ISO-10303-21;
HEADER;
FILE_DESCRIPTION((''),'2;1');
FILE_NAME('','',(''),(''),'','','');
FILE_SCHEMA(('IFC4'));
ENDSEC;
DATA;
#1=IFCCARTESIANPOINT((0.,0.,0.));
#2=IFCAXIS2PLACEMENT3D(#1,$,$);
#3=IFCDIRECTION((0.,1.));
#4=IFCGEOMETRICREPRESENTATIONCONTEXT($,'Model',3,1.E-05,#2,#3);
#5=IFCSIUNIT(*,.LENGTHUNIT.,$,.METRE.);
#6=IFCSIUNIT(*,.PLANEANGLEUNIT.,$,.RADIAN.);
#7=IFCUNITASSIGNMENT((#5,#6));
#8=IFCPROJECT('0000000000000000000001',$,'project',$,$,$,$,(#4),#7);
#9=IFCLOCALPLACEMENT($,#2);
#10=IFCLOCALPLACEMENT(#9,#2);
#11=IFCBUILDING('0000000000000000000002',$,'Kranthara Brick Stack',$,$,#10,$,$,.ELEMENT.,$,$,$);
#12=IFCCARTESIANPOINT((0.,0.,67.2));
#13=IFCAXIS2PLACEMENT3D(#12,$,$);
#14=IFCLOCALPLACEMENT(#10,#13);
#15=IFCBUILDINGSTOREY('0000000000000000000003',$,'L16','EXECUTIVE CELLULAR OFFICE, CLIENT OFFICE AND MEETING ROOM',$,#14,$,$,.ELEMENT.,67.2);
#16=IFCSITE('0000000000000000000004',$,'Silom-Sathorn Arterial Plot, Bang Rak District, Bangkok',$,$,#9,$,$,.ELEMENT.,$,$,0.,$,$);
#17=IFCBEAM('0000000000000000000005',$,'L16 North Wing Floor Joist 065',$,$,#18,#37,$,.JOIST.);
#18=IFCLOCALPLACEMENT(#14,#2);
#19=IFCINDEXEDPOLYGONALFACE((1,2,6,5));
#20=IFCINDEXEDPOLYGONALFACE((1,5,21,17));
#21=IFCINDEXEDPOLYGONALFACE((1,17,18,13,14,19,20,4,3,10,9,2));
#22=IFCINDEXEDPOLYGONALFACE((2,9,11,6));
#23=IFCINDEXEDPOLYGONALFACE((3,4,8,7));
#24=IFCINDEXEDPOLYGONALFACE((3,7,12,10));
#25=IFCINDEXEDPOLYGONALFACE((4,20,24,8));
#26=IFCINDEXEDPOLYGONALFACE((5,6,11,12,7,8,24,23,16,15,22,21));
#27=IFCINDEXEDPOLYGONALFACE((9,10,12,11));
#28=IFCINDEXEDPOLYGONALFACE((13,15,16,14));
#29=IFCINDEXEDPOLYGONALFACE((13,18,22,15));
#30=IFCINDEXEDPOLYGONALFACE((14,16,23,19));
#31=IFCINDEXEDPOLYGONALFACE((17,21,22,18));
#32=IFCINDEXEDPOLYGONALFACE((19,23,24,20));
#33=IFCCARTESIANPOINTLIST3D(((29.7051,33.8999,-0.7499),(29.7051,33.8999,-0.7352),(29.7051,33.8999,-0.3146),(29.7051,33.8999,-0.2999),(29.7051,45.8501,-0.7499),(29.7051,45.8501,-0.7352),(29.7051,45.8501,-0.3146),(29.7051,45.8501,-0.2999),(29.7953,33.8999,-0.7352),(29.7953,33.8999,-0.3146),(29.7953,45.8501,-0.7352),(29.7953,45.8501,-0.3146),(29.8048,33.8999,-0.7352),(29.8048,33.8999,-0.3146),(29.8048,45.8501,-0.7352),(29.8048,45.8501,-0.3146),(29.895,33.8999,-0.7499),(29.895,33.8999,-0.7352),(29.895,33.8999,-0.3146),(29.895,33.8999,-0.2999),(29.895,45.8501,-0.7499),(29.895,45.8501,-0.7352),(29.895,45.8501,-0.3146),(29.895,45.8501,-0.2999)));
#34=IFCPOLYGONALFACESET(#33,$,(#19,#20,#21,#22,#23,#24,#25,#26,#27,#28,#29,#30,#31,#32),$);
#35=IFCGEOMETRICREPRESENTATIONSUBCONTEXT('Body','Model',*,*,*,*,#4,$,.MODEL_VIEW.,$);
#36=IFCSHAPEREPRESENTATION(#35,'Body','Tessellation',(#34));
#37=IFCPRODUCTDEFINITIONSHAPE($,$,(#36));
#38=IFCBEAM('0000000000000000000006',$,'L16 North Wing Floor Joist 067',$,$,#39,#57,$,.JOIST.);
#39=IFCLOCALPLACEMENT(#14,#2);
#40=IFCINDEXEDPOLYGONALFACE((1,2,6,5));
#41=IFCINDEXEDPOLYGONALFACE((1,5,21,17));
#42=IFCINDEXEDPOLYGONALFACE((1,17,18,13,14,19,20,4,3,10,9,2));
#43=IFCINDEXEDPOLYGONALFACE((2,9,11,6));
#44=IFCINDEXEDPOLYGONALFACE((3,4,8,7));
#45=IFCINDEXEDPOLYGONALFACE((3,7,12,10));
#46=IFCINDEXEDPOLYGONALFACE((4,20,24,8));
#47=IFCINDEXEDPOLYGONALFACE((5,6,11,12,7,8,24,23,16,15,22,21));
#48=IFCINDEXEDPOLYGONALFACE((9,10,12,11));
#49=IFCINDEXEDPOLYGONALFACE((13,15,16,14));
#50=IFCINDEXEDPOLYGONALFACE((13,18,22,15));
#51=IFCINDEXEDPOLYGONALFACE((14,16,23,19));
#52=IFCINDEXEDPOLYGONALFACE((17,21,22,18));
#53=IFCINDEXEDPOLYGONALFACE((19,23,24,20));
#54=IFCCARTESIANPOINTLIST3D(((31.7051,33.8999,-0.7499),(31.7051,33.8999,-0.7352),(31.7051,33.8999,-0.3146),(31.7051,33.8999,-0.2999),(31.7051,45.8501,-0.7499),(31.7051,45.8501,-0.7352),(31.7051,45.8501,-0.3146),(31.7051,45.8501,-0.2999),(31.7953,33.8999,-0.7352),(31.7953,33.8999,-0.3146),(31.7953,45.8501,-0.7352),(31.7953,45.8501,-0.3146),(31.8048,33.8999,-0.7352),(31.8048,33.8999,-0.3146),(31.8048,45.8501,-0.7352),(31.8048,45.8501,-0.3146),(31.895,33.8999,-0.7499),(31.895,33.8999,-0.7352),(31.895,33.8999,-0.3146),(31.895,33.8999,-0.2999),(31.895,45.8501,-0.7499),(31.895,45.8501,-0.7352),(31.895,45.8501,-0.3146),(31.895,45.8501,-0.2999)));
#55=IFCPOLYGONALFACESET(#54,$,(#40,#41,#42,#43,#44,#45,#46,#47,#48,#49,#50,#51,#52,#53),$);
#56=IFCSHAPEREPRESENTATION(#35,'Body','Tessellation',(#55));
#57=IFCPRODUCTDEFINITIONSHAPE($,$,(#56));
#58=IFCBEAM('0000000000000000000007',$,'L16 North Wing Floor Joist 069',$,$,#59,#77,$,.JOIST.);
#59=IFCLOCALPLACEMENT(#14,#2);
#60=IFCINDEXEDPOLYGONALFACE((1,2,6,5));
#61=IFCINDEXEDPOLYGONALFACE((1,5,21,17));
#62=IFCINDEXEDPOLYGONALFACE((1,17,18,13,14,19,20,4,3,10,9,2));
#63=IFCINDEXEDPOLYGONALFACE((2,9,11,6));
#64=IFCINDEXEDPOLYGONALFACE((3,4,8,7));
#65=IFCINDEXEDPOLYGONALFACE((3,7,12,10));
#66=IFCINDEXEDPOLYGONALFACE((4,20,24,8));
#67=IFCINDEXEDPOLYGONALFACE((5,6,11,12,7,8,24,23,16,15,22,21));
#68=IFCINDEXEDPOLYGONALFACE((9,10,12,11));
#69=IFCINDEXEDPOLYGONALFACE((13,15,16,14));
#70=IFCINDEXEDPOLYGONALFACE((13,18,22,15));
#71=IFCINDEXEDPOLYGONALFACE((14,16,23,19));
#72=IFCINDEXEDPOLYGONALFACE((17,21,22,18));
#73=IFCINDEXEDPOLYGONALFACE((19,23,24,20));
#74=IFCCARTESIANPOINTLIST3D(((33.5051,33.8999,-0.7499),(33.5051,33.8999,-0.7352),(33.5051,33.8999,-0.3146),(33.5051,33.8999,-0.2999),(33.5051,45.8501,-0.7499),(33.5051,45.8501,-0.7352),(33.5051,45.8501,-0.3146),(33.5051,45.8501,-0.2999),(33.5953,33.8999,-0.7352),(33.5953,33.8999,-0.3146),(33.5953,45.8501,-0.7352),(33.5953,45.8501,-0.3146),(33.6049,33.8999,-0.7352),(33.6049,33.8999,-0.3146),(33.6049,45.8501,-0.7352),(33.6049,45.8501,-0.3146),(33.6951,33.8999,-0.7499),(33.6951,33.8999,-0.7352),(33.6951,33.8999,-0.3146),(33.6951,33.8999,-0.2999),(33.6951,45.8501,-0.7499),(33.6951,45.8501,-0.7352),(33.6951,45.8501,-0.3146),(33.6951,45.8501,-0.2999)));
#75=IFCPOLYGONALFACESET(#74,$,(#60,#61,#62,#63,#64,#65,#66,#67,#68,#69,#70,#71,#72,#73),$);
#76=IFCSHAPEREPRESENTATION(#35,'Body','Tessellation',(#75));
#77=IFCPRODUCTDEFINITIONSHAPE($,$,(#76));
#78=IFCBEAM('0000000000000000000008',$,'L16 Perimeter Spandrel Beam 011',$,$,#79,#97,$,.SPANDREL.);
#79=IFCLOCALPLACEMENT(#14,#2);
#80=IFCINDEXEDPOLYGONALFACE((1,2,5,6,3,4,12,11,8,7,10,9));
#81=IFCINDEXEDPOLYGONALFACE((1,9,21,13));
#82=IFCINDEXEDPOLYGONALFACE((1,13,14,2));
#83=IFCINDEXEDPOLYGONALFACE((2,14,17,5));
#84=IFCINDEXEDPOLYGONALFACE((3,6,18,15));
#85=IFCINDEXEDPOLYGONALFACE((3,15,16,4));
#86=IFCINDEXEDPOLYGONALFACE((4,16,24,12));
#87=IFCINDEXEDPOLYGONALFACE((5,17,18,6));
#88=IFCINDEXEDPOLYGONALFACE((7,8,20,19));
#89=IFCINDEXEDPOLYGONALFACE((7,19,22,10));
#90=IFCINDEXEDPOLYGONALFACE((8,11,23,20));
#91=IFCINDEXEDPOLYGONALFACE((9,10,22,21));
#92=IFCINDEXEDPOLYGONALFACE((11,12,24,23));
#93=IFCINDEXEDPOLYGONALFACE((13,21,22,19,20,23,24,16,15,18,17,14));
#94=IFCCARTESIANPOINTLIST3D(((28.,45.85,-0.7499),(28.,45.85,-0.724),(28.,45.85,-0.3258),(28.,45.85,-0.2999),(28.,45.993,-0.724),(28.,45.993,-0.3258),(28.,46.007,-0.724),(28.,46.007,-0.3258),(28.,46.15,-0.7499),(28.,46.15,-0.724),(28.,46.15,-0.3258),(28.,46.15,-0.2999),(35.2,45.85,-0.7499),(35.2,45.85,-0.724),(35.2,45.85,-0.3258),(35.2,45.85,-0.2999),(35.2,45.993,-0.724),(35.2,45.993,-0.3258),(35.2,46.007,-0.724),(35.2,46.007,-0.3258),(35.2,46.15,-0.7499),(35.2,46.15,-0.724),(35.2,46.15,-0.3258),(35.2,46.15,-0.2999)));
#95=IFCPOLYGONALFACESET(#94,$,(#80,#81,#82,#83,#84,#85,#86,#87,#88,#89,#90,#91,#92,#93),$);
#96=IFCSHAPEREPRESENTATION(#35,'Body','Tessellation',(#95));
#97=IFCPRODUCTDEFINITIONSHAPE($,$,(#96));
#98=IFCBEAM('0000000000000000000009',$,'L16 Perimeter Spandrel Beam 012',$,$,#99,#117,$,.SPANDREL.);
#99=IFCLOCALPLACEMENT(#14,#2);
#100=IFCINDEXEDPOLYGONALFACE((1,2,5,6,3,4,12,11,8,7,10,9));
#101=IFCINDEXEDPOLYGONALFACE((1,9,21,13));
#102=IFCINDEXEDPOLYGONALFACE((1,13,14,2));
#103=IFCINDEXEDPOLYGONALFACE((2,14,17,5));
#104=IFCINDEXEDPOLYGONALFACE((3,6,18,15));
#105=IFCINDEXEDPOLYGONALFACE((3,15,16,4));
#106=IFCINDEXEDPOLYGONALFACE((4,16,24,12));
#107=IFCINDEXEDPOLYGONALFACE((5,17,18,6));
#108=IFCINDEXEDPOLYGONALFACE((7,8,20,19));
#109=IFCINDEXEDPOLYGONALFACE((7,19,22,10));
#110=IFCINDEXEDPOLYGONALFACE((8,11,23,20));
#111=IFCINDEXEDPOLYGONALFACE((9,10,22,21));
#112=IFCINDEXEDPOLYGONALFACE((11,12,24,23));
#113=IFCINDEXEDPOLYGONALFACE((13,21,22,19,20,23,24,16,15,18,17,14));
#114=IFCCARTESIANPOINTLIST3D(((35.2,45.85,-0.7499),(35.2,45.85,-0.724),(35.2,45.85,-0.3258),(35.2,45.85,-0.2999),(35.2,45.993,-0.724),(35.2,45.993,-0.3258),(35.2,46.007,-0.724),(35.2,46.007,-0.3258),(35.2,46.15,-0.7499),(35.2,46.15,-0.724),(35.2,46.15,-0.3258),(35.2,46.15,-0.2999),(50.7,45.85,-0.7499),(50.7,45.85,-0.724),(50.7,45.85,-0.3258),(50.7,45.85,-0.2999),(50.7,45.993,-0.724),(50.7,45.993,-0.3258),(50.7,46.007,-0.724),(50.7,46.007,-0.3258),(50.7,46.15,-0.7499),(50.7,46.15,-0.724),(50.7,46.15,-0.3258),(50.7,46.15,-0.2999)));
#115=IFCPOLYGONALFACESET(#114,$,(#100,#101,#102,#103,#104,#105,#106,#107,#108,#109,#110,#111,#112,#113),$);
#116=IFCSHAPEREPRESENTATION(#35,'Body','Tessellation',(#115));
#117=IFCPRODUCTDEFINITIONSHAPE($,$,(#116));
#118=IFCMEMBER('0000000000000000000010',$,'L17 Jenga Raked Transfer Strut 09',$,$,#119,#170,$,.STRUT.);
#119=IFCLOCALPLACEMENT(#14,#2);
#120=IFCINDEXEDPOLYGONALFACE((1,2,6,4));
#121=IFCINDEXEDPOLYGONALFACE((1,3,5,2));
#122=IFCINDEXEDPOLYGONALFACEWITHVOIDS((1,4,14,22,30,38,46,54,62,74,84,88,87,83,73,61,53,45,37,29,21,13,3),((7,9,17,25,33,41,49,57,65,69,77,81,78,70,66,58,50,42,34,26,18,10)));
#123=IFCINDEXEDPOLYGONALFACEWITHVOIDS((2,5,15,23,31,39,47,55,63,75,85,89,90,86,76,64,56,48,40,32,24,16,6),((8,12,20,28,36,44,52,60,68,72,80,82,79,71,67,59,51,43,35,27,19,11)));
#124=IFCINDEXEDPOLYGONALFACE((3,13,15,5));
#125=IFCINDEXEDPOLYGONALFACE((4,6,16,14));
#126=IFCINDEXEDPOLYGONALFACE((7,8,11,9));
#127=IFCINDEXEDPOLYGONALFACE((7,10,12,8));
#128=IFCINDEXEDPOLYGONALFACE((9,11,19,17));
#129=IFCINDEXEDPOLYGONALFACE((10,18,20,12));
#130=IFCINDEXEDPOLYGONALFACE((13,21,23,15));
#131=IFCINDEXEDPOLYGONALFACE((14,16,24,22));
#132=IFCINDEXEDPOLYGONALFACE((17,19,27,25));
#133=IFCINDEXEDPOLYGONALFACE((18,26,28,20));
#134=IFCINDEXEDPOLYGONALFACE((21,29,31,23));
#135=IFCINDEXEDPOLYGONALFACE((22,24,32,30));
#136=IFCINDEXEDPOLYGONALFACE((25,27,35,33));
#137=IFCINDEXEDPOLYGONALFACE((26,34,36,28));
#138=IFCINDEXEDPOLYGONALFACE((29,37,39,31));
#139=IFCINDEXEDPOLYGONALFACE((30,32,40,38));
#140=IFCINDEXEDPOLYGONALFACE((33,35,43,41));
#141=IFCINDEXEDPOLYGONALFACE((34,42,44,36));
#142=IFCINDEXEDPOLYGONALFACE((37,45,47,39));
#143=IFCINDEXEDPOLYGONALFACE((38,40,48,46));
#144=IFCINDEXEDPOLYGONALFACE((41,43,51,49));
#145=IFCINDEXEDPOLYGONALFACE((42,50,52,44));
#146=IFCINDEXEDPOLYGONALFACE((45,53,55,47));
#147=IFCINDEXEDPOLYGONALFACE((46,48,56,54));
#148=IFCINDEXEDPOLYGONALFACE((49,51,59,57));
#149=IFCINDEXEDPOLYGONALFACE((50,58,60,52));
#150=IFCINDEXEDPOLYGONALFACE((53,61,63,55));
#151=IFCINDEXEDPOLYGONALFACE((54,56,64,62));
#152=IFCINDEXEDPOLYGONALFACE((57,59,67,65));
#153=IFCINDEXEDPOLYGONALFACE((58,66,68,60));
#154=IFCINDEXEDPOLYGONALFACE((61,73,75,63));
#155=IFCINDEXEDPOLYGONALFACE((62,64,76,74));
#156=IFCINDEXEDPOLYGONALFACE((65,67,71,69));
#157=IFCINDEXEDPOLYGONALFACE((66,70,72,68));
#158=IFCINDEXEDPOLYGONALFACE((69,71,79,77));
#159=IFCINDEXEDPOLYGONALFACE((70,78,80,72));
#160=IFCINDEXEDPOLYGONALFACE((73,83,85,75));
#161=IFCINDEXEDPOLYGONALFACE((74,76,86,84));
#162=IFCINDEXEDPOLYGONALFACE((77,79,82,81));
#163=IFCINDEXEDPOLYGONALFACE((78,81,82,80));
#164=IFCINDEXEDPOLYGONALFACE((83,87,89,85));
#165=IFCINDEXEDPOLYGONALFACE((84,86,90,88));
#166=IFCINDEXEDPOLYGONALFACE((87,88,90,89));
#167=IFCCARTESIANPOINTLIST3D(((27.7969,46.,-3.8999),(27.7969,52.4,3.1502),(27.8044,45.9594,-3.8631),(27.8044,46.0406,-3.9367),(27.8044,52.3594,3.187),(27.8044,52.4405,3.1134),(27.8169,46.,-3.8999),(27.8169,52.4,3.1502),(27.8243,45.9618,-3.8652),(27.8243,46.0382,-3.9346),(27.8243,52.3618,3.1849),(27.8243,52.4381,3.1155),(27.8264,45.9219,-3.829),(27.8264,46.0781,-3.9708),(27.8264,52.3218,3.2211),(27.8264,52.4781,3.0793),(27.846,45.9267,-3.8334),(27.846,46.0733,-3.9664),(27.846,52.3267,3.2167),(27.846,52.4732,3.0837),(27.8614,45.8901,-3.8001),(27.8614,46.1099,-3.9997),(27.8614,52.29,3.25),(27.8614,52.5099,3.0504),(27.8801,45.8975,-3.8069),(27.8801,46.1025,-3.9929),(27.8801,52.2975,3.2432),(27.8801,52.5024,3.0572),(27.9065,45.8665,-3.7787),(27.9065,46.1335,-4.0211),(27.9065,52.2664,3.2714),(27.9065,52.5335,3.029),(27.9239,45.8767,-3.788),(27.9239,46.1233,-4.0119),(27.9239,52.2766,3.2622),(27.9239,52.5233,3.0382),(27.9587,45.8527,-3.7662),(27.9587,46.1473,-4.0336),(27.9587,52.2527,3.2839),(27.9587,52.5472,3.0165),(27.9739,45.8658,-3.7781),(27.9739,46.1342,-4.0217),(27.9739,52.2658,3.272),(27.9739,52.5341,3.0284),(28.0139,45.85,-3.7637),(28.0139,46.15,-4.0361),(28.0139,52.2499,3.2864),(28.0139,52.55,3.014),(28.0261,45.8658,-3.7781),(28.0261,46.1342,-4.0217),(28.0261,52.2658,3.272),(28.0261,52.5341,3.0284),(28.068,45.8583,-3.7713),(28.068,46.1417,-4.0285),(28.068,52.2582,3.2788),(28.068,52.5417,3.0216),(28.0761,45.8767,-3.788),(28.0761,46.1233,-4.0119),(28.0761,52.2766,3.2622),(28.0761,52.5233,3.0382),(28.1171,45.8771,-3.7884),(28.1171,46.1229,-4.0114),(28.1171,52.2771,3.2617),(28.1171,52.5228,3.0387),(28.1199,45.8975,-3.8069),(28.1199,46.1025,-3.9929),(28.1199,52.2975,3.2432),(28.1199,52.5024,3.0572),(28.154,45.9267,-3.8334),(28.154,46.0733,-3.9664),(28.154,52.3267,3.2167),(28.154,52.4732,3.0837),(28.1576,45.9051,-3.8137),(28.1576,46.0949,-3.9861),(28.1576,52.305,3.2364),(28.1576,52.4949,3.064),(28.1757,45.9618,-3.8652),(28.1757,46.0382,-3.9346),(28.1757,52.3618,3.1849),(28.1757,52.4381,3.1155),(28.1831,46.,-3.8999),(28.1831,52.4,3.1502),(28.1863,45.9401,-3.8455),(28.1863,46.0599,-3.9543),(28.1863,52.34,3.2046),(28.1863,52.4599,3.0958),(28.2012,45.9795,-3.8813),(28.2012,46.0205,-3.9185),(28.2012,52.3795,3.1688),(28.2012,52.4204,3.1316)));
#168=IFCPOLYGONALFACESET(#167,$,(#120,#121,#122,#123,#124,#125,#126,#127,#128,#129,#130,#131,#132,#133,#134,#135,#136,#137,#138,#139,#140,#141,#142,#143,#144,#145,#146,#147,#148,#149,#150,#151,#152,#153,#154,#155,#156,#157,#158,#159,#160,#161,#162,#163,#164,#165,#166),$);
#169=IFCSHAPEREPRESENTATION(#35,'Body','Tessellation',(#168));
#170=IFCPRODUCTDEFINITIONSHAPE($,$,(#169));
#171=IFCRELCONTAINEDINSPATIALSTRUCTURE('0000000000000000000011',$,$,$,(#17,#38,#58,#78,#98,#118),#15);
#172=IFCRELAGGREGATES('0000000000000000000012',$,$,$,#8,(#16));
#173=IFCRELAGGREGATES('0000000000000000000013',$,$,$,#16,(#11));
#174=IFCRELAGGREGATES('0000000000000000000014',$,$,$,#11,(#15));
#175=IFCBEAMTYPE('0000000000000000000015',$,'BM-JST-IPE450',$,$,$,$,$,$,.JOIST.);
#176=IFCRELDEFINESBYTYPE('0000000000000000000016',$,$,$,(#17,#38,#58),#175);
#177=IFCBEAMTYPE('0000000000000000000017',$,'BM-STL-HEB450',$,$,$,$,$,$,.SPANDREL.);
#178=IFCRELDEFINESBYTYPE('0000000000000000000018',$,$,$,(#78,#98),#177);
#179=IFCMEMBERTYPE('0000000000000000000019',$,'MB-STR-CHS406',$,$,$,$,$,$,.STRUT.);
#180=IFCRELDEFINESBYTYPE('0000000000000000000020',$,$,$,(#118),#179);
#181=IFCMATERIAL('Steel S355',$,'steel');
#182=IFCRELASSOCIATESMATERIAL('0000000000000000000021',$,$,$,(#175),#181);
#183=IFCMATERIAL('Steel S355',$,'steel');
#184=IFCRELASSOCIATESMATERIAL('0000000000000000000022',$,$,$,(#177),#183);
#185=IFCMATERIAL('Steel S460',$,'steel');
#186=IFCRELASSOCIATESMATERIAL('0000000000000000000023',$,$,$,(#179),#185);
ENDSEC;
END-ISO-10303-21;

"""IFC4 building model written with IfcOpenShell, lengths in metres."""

from ifc_helpers import new_model, si_unit, direction, frame, origin, origin_2d, place, context, subcontext, project, spatial, hollow_circle, i_section, extrude, material, material_profile, profile_set, type_object, element, save


model = new_model("IFC4")

# Units and contexts
model_context = context("Model", 3, precision=1e-05, world=origin(), true_north=direction((0.0, 1.0)))
body_context = subcontext(model_context, "Body", "Model", "MODEL_VIEW")
ifc_project = project(units=[si_unit("LENGTHUNIT", "METRE"), si_unit("PLANEANGLEUNIT", "RADIAN")], contexts=[model_context])

# Site, building, storey
site_placement = place(None, origin())
site = spatial("IfcSite", under=ifc_project, at=site_placement, Name="Silom-Sathorn Arterial Plot, Bang Rak District, Bangkok", CompositionType="ELEMENT", RefElevation=0.0)
building_placement = place(site_placement, origin())
building = spatial("IfcBuilding", under=site, at=building_placement, Name="Kranthara Brick Stack", CompositionType="ELEMENT")
storey_placement = place(building_placement, frame((0.0, 0.0, 67.2)))
storey = spatial("IfcBuildingStorey", under=building, at=storey_placement, Name="L16", Description="EXECUTIVE CELLULAR OFFICE, CLIENT OFFICE AND MEETING ROOM", CompositionType="ELEMENT", Elevation=67.2)

# Beams
ifc_material_1 = material(Name="Steel S355", Category="steel")
ifc_material_profile_1 = material_profile(ifc_material_1, i_section(OverallWidth=0.1899, OverallDepth=0.45, WebThickness=0.0095, FlangeThickness=0.0146, at=origin_2d()), Name="IPE 450")
ifc_profile_set_1 = profile_set([ifc_material_profile_1], Name="Steel S355")
beam_type_1 = type_object("IfcBeamType", Name="BM-JST-IPE450", PredefinedType="JOIST", material=ifc_profile_set_1)
for number, where, z_axis, x_axis, name in (
    (1, (29.8, 33.8999, -0.5249), (0.0, 1.0, 0.0), (-1.0, 0.0, 0.0), "L16 North Wing Floor Joist 065"),
    (2, (31.8, 33.8999, -0.5249), (0.0, 1.0, 0.0), (-1.0, 0.0, 0.0), "L16 North Wing Floor Joist 067"),
    (3, (33.6001, 33.8999, -0.5249), (0.0, 1.0, 0.0), (-1.0, 0.0, 0.0), "L16 North Wing Floor Joist 069"),
):
    element("IfcBeam", number, at=place(storey_placement, frame(where, z_axis=z_axis, x_axis=x_axis)), inside=storey, type_object=beam_type_1, Name=name, PredefinedType="JOIST", context=body_context, shape_type="SweptSolid", body=[
        extrude(i_section(OverallWidth=0.1899, OverallDepth=0.45, WebThickness=0.0095, FlangeThickness=0.0146, at=origin_2d()), origin(), (0.0, 0.0, 1.0), 11.9502),
    ])
ifc_material_2 = material(Name="Steel S355", Category="steel")
ifc_material_profile_2 = material_profile(ifc_material_2, i_section(OverallWidth=0.3, OverallDepth=0.45, WebThickness=0.0139, FlangeThickness=0.0259, at=origin_2d()), Name="HEB 450")
ifc_profile_set_2 = profile_set([ifc_material_profile_2], Name="Steel S355")
beam_type_2 = type_object("IfcBeamType", Name="BM-STL-HEB450", PredefinedType="SPANDREL", material=ifc_profile_set_2)
beam_1_placement = place(storey_placement, frame((28.0, 46.0, -0.5249), z_axis=(1.0, 0.0, 0.0), x_axis=(0.0, 1.0, 0.0)))
element("IfcBeam", 4, at=beam_1_placement, inside=storey, type_object=beam_type_2, Name="L16 Perimeter Spandrel Beam 011", PredefinedType="SPANDREL", context=body_context, shape_type="SweptSolid", body=[
    extrude(i_section(OverallWidth=0.3, OverallDepth=0.45, WebThickness=0.0139, FlangeThickness=0.0259, at=origin_2d()), origin(), (0.0, 0.0, 1.0), 7.2),
])
beam_2_placement = place(storey_placement, frame((35.2, 46.0, -0.5249), z_axis=(1.0, 0.0, 0.0), x_axis=(0.0, 1.0, 0.0)))
element("IfcBeam", 5, at=beam_2_placement, inside=storey, type_object=beam_type_2, Name="L16 Perimeter Spandrel Beam 012", PredefinedType="SPANDREL", context=body_context, shape_type="SweptSolid", body=[
    extrude(i_section(OverallWidth=0.3, OverallDepth=0.45, WebThickness=0.0139, FlangeThickness=0.0259, at=origin_2d()), origin(), (0.0, 0.0, 1.0), 15.5),
])

# Member
ifc_material_3 = material(Name="Steel S460", Category="steel")
ifc_material_profile_3 = material_profile(ifc_material_3, hollow_circle(Radius=0.2031, WallThickness=0.02, at=origin_2d()), Name="CHS 406.4x20")
ifc_profile_set_3 = profile_set([ifc_material_profile_3], Name="Steel S460")
member_type = type_object("IfcMemberType", Name="MB-STR-CHS406", PredefinedType="STRUT", material=ifc_profile_set_3)
for number, where, z_axis, x_axis, name in (
    (6, (28.0, 46.0, -3.8999), (0.0, 0.672142, 0.740423), (-1.0, 0.0, 0.0), "L17 Jenga Raked Transfer Strut 09"),
):
    element("IfcMember", number, at=place(storey_placement, frame(where, z_axis=z_axis, x_axis=x_axis)), inside=storey, type_object=member_type, Name=name, PredefinedType="STRUT", context=body_context, shape_type="SweptSolid", body=[
        extrude(hollow_circle(Radius=0.2031, WallThickness=0.02, at=origin_2d()), origin(), (0.0, 0.0, 1.0), 9.5217),
    ])

save(model, "model.ifc")
